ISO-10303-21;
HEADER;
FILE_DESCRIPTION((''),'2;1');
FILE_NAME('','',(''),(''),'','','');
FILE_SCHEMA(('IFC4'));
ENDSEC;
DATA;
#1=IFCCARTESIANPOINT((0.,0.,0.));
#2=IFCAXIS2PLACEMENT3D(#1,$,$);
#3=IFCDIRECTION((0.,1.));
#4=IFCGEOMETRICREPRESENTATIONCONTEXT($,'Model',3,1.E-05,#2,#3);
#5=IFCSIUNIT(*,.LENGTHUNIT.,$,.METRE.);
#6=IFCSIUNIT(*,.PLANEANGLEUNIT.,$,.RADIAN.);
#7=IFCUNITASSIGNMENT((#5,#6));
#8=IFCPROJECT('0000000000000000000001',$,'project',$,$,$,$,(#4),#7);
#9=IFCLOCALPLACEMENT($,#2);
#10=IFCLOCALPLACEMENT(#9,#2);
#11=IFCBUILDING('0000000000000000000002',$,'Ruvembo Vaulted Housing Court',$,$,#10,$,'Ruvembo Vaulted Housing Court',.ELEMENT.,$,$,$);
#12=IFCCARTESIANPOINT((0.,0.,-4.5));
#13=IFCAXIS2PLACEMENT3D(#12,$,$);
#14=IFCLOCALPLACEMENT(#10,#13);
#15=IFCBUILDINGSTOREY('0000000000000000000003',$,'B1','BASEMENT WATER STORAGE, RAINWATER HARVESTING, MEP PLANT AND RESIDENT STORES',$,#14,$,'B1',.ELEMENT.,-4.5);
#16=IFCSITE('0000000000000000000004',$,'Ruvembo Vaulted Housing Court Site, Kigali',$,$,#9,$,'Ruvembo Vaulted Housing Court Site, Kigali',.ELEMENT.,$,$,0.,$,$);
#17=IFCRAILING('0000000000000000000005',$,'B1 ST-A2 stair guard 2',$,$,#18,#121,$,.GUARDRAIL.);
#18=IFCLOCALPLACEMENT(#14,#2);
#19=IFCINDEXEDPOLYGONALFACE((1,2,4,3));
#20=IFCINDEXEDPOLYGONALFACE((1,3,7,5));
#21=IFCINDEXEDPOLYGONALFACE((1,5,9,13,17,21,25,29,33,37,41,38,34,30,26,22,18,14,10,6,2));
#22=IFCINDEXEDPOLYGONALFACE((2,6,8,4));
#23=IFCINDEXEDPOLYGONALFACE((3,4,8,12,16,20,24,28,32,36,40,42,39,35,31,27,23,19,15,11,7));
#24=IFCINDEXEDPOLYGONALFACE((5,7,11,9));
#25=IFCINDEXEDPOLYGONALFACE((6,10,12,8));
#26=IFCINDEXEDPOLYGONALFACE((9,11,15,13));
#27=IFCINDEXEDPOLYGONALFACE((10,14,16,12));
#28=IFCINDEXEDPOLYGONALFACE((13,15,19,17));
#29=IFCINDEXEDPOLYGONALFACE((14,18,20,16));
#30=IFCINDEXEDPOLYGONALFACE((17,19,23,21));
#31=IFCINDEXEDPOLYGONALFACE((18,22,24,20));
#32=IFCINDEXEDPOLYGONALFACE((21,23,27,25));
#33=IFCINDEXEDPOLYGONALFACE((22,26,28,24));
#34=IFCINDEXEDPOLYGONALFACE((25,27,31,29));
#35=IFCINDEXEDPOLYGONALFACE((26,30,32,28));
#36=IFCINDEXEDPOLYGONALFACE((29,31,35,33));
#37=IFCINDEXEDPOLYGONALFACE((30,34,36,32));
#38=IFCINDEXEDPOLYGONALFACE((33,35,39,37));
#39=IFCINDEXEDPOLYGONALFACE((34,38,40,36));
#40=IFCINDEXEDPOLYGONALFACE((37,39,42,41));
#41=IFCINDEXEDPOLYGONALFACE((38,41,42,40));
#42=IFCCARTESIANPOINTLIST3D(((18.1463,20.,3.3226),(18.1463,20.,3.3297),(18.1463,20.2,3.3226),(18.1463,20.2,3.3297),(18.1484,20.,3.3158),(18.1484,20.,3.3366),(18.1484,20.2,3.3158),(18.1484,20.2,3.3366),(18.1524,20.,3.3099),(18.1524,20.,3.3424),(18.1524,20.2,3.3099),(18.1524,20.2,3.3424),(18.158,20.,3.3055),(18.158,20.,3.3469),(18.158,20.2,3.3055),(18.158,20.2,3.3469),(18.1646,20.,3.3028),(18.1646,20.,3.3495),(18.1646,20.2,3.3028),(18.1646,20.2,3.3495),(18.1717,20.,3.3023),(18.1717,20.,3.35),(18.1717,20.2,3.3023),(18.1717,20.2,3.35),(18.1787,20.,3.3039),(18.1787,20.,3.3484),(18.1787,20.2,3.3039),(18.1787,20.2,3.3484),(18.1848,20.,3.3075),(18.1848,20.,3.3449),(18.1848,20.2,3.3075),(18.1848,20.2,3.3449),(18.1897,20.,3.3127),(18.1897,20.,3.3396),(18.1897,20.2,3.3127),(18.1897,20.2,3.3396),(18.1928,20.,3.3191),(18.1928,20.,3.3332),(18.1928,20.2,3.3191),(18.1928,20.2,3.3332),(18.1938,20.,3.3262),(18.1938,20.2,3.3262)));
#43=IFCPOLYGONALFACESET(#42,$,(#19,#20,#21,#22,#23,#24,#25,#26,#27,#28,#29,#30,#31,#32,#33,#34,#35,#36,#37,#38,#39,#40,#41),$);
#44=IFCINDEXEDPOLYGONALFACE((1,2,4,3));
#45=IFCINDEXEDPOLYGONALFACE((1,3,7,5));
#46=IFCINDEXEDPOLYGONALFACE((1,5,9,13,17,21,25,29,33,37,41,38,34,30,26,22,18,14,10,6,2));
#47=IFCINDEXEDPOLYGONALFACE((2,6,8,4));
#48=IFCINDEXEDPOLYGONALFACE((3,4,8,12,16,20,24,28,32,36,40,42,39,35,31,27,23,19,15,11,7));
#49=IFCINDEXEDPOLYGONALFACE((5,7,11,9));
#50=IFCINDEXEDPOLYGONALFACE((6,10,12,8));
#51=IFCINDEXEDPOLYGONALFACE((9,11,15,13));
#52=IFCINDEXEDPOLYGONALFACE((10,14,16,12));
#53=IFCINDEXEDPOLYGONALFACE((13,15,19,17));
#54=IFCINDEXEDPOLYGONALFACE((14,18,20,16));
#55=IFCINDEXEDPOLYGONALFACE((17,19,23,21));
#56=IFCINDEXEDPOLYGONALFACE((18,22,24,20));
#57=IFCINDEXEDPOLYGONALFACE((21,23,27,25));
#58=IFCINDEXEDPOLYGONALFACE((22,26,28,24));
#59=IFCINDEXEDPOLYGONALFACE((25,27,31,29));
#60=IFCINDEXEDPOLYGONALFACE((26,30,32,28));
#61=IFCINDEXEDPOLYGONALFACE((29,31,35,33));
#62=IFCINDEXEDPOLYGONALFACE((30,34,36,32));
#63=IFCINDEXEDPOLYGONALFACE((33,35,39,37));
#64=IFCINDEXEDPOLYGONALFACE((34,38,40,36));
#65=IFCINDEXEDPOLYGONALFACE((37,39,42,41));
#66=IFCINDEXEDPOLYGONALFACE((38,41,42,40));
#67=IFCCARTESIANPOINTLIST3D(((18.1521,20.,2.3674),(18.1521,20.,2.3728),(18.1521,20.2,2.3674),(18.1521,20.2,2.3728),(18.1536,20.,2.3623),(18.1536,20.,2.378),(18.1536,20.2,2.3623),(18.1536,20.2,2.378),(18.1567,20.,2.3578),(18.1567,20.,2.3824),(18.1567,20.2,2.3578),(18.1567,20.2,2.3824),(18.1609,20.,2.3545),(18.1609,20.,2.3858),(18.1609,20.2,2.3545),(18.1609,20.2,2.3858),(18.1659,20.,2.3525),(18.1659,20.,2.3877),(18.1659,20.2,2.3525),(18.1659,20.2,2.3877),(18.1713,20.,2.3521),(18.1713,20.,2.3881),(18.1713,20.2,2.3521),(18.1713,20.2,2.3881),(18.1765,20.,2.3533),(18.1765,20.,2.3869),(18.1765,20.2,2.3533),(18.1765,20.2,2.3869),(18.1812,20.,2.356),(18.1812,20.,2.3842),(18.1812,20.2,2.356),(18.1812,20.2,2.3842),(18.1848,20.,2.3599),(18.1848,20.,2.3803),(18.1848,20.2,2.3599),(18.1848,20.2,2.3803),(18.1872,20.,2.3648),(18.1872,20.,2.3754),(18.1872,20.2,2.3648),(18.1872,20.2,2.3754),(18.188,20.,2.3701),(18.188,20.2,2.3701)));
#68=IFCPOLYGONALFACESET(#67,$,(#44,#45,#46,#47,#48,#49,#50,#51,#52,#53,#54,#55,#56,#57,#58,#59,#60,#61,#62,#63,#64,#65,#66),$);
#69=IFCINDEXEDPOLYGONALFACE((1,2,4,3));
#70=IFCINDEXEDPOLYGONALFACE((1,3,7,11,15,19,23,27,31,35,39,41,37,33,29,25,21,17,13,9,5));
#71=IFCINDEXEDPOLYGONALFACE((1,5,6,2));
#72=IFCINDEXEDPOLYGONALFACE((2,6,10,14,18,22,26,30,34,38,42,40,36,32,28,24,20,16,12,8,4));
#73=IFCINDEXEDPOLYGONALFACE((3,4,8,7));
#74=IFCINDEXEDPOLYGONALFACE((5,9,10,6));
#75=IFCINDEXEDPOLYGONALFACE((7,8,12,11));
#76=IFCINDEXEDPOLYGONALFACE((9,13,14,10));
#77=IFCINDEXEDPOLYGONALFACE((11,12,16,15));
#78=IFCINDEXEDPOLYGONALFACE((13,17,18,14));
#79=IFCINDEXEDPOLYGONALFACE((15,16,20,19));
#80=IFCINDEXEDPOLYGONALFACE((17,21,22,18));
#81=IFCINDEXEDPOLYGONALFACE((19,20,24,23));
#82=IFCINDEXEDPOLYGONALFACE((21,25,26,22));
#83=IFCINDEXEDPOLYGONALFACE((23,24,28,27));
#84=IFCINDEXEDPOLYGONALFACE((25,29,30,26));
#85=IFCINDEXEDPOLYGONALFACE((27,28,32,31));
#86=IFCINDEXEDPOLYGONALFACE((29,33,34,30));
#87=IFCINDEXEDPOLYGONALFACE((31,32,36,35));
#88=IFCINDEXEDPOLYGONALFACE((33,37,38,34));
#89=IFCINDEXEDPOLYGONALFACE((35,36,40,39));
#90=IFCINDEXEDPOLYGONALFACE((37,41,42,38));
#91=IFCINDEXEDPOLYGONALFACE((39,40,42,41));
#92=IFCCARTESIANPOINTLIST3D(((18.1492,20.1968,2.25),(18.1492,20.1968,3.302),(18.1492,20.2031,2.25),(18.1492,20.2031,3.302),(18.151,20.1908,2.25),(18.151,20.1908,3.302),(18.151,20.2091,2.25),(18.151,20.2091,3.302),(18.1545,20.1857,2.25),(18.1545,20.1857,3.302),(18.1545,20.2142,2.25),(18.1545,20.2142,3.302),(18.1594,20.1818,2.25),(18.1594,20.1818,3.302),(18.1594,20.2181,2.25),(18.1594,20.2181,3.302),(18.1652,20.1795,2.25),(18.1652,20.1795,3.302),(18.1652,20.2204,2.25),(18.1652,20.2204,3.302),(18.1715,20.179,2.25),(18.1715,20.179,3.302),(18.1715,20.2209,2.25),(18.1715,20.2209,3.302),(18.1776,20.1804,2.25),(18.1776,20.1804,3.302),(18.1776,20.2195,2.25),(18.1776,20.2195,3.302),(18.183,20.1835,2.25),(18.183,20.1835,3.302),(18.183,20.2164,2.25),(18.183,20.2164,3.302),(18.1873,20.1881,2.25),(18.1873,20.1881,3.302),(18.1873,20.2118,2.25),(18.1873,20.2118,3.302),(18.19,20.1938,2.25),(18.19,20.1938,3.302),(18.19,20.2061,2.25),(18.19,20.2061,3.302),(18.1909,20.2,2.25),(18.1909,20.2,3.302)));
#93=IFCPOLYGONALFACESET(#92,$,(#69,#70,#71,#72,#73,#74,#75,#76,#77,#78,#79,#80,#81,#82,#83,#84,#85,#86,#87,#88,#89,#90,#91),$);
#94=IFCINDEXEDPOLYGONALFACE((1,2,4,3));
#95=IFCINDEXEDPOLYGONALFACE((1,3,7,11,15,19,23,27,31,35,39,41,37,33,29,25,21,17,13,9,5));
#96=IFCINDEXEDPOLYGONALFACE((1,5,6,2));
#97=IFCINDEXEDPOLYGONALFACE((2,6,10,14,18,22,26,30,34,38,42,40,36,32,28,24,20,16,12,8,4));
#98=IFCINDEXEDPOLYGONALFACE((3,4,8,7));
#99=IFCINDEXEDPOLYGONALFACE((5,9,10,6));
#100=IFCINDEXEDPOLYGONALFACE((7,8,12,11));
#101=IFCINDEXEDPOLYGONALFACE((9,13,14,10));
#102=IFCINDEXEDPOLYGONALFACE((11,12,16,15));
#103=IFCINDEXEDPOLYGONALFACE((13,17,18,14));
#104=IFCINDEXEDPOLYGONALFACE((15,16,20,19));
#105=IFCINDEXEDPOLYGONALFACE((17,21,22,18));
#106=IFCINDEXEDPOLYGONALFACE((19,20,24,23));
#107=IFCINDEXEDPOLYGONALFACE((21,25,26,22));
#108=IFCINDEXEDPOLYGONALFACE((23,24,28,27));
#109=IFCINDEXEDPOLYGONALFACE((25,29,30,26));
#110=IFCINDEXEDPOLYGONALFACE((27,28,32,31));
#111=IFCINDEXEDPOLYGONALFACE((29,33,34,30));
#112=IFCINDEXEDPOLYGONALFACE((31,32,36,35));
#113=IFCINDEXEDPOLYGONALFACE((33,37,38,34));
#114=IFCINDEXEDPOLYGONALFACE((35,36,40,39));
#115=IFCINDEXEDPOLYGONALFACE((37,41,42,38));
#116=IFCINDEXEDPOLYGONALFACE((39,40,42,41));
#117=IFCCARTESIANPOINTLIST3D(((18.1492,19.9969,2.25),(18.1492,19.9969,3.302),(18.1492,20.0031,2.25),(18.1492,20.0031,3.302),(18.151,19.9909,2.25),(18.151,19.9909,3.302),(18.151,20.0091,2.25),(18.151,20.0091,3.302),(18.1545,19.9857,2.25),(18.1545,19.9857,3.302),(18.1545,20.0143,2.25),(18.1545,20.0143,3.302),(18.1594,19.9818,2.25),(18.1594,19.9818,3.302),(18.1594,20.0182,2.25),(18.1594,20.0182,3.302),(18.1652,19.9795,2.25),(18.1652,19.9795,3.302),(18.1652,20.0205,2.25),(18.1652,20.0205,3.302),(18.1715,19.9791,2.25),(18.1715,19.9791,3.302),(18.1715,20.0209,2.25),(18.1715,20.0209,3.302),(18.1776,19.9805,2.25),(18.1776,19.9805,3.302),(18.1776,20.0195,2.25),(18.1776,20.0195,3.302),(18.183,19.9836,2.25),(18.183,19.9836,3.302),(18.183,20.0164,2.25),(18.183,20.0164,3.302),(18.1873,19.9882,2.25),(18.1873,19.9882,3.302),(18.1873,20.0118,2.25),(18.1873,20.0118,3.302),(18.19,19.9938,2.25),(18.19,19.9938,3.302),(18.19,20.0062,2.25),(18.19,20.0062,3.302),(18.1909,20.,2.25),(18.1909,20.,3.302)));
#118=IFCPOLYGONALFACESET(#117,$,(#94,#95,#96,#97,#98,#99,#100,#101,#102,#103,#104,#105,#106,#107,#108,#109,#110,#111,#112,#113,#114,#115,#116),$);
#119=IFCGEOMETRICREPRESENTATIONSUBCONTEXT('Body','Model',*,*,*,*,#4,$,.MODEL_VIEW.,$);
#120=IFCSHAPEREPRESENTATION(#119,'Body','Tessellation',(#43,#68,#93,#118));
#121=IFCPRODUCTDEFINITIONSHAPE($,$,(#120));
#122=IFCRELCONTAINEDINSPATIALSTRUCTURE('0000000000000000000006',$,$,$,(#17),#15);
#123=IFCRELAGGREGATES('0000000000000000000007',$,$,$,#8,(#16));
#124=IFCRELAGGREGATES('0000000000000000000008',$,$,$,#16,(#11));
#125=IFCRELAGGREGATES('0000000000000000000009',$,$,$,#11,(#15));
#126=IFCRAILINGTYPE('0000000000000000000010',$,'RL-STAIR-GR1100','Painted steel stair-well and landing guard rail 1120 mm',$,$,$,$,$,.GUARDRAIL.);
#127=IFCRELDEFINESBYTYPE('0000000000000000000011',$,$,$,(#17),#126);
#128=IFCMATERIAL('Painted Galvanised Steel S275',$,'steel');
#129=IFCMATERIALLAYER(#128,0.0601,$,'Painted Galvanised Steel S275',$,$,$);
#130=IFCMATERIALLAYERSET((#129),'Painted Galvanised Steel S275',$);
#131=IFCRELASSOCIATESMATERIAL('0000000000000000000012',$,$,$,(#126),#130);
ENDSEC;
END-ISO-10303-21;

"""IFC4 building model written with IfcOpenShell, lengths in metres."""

from ifc_helpers import new_model, si_unit, direction, frame, origin, origin_2d, place, context, subcontext, project, spatial, circle, extrude, material, layer, layer_set, type_object, element, save


model = new_model("IFC4")

# Units and contexts
model_context = context("Model", 3, precision=1e-05, world=origin(), true_north=direction((0.0, 1.0)))
body_context = subcontext(model_context, "Body", "Model", "MODEL_VIEW")
ifc_project = project(units=[si_unit("LENGTHUNIT", "METRE"), si_unit("PLANEANGLEUNIT", "RADIAN")], contexts=[model_context])

# Site, building, storey
site_placement = place(None, origin())
site = spatial("IfcSite", under=ifc_project, at=site_placement, Name="Ruvembo Vaulted Housing Court Site, Kigali", LongName="Ruvembo Vaulted Housing Court Site, Kigali", CompositionType="ELEMENT", RefElevation=0.0)
building_placement = place(site_placement, origin())
building = spatial("IfcBuilding", under=site, at=building_placement, Name="Ruvembo Vaulted Housing Court", LongName="Ruvembo Vaulted Housing Court", CompositionType="ELEMENT")
storey_placement = place(building_placement, frame((0.0, 0.0, -4.5)))
storey = spatial("IfcBuildingStorey", under=building, at=storey_placement, Name="B1", Description="BASEMENT WATER STORAGE, RAINWATER HARVESTING, MEP PLANT AND RESIDENT STORES", LongName="B1", CompositionType="ELEMENT", Elevation=-4.5)

# Railing
ifc_material_1 = material(Name="Painted Galvanised Steel S275", Category="steel")
ifc_layer_1 = layer(ifc_material_1, 0.0601, Name="Painted Galvanised Steel S275")
ifc_layer_set_1 = layer_set([ifc_layer_1], Name="Painted Galvanised Steel S275")
railing_type_1 = type_object("IfcRailingType", Name="RL-STAIR-GR1100", Description="Painted steel stair-well and landing guard rail 1120 mm", PredefinedType="GUARDRAIL", material=ifc_layer_set_1)
railing_1_placement = place(storey_placement, frame((18.1699, 20.2, 2.25)))
element("IfcRailing", 1, at=railing_1_placement, inside=storey, type_object=railing_type_1, Name="B1 ST-A2 stair guard 2", PredefinedType="GUARDRAIL", context=body_context, shape_type="SweptSolid", body=[
    extrude(circle(Radius=0.0239, at=origin_2d()), frame((0.0, 0.0, 1.0762), z_axis=(0.0, -1.0, 0.0), x_axis=(1.0, 0.0, 0.0)), (0.0, 0.0, 1.0), 0.2),
    extrude(circle(Radius=0.0181, at=origin_2d()), frame((0.0, 0.0, 0.1201), z_axis=(0.0, -1.0, 0.0), x_axis=(1.0, 0.0, 0.0)), (0.0, 0.0, 1.0), 0.2),
    extrude(circle(Radius=0.021, at=origin_2d()), origin(), (0.0, 0.0, 1.0), 1.052),
    extrude(circle(Radius=0.021, at=origin_2d()), frame((0.0, -0.2, 0.0)), (0.0, 0.0, 1.0), 1.052),
])

save(model, "model.ifc")
